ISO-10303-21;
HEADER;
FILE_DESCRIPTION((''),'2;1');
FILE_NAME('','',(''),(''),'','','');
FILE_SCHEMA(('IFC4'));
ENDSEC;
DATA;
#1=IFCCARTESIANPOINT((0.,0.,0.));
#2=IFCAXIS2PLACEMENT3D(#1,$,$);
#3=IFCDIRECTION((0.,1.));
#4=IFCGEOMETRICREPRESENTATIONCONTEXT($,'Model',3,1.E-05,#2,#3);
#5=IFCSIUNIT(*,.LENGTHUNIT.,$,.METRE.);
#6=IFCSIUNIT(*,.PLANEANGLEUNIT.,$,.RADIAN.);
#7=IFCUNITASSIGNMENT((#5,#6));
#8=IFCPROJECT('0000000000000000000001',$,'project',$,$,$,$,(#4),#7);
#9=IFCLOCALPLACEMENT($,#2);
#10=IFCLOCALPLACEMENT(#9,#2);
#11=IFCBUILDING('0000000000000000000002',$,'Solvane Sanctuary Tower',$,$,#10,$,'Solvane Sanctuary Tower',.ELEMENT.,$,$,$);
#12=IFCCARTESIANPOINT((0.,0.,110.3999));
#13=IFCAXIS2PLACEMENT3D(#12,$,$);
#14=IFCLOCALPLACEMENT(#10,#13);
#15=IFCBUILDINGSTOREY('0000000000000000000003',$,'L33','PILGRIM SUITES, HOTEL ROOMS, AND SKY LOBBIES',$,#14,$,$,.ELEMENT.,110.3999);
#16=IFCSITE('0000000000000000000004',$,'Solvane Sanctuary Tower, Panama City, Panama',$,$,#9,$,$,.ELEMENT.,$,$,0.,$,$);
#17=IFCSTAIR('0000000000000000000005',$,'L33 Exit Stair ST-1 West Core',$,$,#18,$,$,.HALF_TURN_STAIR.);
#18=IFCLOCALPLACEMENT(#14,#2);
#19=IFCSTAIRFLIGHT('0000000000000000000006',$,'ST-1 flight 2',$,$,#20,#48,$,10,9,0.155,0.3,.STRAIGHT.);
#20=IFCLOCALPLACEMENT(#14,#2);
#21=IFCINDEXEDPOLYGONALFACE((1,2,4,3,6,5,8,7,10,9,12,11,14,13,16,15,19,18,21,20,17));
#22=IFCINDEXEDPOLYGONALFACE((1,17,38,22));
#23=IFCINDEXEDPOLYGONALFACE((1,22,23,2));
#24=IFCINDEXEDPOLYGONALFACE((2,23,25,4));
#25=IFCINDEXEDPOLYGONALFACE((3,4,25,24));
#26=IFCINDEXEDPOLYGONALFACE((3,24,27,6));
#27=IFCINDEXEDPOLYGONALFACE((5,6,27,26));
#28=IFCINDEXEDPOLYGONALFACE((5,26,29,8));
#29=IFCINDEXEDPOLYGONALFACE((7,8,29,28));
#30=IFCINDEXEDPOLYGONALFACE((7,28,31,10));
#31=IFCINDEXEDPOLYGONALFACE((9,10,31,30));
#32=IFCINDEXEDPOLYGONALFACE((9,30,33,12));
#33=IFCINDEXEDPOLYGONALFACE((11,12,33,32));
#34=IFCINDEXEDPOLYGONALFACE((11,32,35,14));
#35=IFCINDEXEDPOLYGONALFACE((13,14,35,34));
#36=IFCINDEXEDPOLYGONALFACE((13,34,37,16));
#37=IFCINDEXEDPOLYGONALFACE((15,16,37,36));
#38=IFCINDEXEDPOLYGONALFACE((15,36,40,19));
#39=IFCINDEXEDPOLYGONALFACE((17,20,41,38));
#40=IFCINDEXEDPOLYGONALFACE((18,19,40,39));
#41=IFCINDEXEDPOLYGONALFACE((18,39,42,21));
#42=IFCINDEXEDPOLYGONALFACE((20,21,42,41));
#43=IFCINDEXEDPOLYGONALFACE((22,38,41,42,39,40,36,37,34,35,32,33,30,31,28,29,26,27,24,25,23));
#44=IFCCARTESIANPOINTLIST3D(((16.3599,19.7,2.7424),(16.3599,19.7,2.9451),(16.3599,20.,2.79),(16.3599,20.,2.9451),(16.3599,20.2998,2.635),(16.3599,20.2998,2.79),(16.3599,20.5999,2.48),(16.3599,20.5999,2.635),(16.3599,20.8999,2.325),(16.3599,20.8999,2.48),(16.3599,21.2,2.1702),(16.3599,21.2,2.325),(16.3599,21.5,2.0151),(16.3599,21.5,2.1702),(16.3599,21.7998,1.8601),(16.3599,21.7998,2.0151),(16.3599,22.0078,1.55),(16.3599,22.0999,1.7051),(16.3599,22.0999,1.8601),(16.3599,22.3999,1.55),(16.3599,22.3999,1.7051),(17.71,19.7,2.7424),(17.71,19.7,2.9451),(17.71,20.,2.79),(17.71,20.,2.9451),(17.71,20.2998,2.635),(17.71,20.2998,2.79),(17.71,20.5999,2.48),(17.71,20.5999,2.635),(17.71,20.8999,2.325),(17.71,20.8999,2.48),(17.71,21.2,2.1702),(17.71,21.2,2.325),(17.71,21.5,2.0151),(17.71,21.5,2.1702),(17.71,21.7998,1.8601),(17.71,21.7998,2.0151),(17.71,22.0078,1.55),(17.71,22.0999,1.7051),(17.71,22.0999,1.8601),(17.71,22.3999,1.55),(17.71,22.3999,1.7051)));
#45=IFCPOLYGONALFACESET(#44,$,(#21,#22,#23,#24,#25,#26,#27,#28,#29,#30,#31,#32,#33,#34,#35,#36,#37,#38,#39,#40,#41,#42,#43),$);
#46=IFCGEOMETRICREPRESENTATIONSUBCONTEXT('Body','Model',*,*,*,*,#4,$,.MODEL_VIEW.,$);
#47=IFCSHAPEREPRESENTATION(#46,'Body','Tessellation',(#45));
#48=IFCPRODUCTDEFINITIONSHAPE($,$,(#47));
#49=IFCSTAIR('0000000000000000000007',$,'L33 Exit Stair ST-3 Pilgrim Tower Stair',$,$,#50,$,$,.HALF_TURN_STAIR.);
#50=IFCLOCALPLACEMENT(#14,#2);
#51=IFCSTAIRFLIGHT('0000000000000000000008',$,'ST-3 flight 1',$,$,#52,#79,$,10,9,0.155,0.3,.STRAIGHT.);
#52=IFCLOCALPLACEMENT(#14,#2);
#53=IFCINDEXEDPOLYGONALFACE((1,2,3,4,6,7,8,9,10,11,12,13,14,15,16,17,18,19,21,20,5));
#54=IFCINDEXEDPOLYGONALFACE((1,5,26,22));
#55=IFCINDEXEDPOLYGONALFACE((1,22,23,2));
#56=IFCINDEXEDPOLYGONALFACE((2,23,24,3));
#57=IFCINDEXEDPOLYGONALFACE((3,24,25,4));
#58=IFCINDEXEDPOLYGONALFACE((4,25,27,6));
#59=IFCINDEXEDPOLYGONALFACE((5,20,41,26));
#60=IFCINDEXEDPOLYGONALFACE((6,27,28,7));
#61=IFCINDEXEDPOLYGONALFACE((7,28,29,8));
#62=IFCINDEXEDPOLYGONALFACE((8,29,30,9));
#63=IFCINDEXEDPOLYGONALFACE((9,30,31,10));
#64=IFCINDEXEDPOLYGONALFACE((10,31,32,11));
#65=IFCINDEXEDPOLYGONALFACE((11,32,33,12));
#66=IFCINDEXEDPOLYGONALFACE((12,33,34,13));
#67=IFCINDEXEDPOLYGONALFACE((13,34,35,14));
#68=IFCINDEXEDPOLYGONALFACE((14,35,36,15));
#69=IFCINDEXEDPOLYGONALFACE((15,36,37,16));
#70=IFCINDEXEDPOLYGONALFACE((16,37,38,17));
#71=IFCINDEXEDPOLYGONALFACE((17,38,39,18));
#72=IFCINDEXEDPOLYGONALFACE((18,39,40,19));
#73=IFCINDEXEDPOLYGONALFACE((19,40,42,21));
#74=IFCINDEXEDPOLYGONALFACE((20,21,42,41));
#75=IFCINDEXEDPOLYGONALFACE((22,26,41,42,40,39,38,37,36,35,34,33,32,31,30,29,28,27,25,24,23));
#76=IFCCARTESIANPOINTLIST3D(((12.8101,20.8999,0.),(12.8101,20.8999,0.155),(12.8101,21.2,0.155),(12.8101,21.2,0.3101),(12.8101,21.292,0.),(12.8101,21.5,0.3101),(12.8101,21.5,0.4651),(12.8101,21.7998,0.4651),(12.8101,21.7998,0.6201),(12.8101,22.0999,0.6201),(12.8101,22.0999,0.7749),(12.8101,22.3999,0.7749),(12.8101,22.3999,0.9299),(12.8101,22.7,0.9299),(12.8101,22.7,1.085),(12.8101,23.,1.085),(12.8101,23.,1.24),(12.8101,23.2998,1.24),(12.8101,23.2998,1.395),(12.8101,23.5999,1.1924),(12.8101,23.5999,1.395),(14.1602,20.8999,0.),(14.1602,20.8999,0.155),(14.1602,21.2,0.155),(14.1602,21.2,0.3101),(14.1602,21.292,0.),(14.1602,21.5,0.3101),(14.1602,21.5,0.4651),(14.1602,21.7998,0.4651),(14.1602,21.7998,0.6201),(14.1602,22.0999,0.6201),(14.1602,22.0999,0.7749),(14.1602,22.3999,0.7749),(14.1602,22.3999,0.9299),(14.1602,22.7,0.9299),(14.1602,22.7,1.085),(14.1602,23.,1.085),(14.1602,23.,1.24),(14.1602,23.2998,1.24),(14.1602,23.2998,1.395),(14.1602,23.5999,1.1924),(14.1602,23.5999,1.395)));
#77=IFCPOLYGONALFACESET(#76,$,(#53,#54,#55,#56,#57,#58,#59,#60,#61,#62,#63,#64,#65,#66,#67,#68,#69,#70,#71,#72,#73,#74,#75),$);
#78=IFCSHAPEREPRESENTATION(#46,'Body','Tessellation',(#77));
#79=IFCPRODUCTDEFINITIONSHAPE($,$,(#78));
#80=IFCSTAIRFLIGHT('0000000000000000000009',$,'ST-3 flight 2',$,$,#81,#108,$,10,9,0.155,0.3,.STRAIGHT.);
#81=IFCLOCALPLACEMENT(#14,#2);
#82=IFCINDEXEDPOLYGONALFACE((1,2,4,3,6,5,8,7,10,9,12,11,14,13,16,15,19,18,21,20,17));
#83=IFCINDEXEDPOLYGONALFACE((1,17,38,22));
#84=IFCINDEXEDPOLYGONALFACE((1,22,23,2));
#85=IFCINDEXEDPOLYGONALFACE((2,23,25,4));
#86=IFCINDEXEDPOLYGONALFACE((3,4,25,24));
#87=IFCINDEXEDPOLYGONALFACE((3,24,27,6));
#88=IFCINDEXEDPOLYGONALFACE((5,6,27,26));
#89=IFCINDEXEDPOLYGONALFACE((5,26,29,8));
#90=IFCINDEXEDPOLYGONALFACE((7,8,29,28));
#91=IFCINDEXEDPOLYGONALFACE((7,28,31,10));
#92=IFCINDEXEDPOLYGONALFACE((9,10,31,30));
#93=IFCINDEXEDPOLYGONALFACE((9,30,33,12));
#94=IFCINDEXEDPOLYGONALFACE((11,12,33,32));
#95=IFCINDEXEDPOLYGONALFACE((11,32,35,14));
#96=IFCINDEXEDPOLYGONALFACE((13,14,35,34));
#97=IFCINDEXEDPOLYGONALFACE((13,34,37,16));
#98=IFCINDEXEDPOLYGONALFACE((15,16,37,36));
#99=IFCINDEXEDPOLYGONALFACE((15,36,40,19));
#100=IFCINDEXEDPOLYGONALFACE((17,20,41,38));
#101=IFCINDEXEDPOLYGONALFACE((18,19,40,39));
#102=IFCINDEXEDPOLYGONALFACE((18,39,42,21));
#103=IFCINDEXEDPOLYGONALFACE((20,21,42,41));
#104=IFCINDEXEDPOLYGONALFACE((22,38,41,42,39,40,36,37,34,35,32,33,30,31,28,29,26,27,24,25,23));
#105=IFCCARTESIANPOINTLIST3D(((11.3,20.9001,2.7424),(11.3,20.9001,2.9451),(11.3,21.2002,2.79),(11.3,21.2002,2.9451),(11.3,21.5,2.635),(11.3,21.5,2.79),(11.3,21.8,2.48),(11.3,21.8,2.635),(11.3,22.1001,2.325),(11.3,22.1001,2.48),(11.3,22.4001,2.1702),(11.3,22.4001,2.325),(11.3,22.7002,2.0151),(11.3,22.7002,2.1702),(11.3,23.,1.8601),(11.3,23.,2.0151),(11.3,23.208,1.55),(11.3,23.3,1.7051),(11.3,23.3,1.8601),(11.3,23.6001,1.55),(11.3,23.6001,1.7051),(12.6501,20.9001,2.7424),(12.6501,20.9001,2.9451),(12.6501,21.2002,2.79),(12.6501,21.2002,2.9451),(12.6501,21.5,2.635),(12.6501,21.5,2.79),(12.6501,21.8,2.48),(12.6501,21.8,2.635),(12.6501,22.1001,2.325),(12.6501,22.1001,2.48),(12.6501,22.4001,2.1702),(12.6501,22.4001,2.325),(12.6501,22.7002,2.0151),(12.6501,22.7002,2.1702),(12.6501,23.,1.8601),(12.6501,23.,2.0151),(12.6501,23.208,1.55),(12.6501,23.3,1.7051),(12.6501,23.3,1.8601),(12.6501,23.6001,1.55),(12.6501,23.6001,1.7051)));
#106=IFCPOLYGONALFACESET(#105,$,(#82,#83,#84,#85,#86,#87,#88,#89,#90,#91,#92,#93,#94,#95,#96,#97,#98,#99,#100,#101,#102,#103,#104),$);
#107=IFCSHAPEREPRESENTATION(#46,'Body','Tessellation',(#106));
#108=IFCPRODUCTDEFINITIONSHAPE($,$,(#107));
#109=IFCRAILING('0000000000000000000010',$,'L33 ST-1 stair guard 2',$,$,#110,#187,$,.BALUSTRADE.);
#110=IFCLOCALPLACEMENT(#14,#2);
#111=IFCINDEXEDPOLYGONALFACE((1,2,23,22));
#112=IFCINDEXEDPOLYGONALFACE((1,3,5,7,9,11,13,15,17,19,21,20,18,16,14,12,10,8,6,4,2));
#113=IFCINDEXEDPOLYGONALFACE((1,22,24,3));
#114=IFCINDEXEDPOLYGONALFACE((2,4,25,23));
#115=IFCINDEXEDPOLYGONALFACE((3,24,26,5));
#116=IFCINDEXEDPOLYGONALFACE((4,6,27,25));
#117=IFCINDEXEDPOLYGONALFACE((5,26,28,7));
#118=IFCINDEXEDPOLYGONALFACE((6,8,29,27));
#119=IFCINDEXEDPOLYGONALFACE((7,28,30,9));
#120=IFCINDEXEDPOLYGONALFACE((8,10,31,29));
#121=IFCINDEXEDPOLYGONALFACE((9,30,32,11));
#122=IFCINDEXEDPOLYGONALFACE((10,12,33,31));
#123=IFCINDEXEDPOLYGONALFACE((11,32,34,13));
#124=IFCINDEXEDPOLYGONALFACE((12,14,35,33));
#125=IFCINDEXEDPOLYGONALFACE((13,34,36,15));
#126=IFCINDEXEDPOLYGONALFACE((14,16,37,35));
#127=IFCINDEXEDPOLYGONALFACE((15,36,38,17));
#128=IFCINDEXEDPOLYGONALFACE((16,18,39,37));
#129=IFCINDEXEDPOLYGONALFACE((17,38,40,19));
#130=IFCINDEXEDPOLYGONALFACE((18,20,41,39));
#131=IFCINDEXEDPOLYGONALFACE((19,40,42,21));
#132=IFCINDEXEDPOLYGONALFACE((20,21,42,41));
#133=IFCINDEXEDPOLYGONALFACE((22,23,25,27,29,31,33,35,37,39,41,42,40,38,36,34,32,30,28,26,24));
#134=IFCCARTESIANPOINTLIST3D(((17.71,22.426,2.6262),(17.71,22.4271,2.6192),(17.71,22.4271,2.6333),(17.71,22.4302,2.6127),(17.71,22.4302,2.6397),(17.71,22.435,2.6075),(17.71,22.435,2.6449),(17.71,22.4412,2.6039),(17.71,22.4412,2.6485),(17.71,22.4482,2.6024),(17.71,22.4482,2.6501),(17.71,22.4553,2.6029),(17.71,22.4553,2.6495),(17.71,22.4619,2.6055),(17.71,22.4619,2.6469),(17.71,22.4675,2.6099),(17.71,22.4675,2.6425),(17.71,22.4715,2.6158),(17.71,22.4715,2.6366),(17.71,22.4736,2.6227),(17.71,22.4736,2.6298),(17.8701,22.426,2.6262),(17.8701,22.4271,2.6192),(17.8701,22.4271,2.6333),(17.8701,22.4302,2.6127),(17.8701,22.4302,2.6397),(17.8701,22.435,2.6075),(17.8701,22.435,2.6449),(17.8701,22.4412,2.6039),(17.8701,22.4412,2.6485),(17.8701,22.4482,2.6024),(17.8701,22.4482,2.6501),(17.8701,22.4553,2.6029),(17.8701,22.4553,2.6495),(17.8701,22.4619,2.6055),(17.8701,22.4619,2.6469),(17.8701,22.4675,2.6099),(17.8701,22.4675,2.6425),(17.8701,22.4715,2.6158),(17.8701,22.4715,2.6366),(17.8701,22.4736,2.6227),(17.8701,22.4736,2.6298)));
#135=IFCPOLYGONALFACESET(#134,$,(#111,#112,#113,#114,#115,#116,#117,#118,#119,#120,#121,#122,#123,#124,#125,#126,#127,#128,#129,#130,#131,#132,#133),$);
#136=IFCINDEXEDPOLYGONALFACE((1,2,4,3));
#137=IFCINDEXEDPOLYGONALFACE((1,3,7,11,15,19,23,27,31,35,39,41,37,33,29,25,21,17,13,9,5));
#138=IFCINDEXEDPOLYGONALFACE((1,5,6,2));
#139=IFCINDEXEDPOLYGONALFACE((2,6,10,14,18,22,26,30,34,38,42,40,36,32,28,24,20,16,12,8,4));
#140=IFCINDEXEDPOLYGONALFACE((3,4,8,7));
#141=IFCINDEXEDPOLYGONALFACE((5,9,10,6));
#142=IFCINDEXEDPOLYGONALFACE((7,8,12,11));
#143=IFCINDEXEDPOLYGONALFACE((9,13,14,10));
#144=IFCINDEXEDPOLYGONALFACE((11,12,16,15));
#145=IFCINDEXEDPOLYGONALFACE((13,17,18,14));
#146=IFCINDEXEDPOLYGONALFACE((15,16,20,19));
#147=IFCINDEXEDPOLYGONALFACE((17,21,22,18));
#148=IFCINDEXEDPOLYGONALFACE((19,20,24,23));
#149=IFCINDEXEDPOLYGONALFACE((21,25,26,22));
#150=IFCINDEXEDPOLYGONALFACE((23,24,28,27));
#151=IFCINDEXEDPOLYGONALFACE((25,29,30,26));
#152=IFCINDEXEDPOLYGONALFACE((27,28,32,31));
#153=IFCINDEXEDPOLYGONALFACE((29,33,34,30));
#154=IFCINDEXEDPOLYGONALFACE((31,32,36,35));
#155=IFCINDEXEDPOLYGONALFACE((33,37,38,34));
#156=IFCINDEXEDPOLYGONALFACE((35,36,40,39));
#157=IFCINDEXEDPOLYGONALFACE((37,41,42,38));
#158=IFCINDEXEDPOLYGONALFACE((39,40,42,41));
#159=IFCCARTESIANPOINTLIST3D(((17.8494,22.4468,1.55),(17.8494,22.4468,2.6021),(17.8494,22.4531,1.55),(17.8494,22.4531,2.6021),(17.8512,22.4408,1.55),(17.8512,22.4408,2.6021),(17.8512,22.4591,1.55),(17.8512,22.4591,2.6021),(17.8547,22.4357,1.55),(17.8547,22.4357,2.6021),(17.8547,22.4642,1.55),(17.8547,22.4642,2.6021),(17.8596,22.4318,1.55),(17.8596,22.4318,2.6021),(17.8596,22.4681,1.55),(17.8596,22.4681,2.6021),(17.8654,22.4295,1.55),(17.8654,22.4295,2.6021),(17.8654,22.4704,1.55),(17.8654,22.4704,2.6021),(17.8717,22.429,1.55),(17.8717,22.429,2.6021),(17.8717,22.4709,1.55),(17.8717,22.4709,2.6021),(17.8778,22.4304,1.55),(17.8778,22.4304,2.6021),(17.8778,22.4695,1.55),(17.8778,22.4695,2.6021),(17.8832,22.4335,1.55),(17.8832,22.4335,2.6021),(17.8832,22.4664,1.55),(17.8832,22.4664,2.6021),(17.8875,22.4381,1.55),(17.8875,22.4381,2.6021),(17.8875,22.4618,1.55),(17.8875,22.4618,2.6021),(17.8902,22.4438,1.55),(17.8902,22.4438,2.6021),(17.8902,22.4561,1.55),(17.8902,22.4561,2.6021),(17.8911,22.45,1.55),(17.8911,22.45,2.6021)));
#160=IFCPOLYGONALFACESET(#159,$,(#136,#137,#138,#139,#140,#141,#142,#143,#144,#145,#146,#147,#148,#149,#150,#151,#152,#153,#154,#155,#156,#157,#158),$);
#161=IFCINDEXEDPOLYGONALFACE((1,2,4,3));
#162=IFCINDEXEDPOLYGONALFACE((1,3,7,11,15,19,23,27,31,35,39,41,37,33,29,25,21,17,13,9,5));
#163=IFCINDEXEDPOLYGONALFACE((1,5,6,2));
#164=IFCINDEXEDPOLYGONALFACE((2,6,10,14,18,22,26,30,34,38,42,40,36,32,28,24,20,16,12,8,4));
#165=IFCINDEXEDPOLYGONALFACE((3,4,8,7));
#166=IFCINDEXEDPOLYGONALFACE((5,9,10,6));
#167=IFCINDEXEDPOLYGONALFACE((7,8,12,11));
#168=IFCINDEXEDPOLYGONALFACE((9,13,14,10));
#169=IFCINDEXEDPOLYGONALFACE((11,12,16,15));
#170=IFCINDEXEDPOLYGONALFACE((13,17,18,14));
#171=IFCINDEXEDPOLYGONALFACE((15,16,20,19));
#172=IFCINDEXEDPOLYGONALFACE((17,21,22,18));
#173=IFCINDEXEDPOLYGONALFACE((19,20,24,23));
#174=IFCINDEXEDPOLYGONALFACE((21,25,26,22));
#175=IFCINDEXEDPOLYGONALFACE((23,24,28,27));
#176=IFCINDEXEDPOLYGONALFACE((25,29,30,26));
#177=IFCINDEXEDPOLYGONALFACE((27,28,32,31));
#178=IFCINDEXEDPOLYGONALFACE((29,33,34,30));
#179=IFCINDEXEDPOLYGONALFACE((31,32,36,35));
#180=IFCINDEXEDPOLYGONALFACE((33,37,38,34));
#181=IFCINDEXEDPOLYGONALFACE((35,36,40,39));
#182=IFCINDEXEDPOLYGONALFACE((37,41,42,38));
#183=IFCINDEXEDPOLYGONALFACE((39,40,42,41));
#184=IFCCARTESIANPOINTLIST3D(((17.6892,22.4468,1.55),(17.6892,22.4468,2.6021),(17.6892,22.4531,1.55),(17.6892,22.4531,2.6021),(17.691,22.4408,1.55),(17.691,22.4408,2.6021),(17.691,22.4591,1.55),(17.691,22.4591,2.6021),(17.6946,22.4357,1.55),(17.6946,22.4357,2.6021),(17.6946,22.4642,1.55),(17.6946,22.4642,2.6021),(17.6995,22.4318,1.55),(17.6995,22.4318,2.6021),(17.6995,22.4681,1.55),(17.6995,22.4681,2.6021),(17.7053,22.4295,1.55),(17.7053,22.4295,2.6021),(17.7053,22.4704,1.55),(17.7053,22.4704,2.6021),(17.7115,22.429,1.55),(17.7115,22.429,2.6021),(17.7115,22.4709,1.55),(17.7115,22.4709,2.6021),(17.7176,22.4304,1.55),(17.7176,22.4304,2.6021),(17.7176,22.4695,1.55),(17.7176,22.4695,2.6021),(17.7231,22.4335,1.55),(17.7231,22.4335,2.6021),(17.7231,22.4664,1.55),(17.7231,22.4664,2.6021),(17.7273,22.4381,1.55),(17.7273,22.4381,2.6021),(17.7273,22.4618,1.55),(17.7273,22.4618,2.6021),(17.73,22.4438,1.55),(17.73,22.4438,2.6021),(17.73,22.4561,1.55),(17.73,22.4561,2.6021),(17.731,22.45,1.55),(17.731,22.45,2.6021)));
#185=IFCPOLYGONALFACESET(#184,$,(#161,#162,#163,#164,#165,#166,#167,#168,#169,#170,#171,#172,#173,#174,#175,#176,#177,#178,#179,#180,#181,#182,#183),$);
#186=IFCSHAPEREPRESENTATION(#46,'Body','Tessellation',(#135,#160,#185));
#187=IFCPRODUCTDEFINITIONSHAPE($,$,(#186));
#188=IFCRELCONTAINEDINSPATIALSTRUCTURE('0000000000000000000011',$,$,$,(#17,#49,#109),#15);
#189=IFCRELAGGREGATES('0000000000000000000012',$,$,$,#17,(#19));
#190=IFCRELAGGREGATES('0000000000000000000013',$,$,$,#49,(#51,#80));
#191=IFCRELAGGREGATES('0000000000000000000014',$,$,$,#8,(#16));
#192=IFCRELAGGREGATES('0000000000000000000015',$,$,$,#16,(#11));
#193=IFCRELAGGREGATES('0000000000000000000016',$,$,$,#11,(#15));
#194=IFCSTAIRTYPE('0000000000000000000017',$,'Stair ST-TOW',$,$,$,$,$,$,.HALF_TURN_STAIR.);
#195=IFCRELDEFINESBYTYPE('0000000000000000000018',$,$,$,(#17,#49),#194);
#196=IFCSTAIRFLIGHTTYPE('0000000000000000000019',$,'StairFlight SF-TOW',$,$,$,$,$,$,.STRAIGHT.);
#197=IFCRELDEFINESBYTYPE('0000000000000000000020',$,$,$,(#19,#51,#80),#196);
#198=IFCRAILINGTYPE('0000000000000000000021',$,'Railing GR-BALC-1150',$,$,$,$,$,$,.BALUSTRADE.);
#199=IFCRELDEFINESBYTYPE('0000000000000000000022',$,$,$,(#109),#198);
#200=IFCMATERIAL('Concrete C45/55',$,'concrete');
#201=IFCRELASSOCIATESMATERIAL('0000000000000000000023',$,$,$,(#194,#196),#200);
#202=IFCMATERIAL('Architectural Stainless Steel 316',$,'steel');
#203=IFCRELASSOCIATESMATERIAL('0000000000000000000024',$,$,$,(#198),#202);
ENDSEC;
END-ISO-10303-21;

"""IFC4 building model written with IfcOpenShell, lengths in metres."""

from ifc_helpers import new_model, si_unit, direction, frame, origin, origin_2d, place, context, subcontext, project, spatial, polyline, circle, outline, extrude, material, type_object, element, aggregate, save


model = new_model("IFC4")

# Units and contexts
model_context = context("Model", 3, precision=1e-05, world=origin(), true_north=direction((0.0, 1.0)))
body_context = subcontext(model_context, "Body", "Model", "MODEL_VIEW")
ifc_project = project(units=[si_unit("LENGTHUNIT", "METRE"), si_unit("PLANEANGLEUNIT", "RADIAN")], contexts=[model_context])

# Site, building, storey
site_placement = place(None, origin())
site = spatial("IfcSite", under=ifc_project, at=site_placement, Name="Solvane Sanctuary Tower, Panama City, Panama", CompositionType="ELEMENT", RefElevation=0.0)
building_placement = place(site_placement, origin())
building = spatial("IfcBuilding", under=site, at=building_placement, Name="Solvane Sanctuary Tower", LongName="Solvane Sanctuary Tower", CompositionType="ELEMENT")
storey_placement = place(building_placement, frame((0.0, 0.0, 110.3999)))
storey = spatial("IfcBuildingStorey", under=building, at=storey_placement, Name="L33", Description="PILGRIM SUITES, HOTEL ROOMS, AND SKY LOBBIES", CompositionType="ELEMENT", Elevation=110.3999)

# Shared definitions
ifc_material_1 = material(Name="Architectural Stainless Steel 316", Category="steel")

# Stair, stair flight
ifc_material_2 = material(Name="Concrete C45/55", Category="concrete")
stair_type = type_object("IfcStairType", Name="Stair ST-TOW", PredefinedType="HALF_TURN_STAIR", material=ifc_material_2)
stair_1_placement = place(storey_placement, origin())
stair_1 = element("IfcStair", 1, at=stair_1_placement, inside=storey, type_object=stair_type, Name="L33 Exit Stair ST-1 West Core", PredefinedType="HALF_TURN_STAIR")
stair_flight_type = type_object("IfcStairFlightType", Name="StairFlight SF-TOW", PredefinedType="STRAIGHT", material=ifc_material_2)
stair_flight_1_placement = place(storey_placement, frame((17.0349, 22.3999, 1.55), z_axis=(0.0, 0.0, 1.0), x_axis=(0.0, -1.0, 0.0)))
stair_flight_1 = element("IfcStairFlight", 2, at=stair_flight_1_placement, type_object=stair_flight_type, Name="ST-1 flight 2", NumberOfRisers=10, NumberOfTreads=9, PredefinedType="STRAIGHT", RiserHeight=0.155, TreadLength=0.3, context=body_context, shape_type="SweptSolid", body=[
    extrude(outline(polyline([(0.0, 0.0), (0.0, 0.155), (0.3, 0.155), (0.3, 0.3101), (0.6001, 0.3101), (0.6001, 0.4651), (0.8999, 0.4651), (0.8999, 0.6201), (1.2, 0.6201), (1.2, 0.7749), (1.5, 0.7749), (1.5, 0.9299), (1.8, 0.9299), (1.8, 1.085), (2.1001, 1.085), (2.1001, 1.24), (2.3999, 1.24), (2.3999, 1.395), (2.7, 1.395), (2.7, 1.55), (2.7, 1.1924), (0.3921, 0.0), (0.0, 0.0)])), frame((0.0, 0.675, 0.0), z_axis=(0.0, -1.0, 0.0), x_axis=(1.0, 0.0, 0.0)), (0.0, 0.0, 1.0), 1.3501),
])
aggregate(stair_1, [stair_flight_1])

# Stair, stair flights
stair_2_placement = place(storey_placement, origin())
stair_2 = element("IfcStair", 3, at=stair_2_placement, inside=storey, type_object=stair_type, Name="L33 Exit Stair ST-3 Pilgrim Tower Stair", PredefinedType="HALF_TURN_STAIR")
stair_flight_2_placement = place(storey_placement, frame((13.4851, 20.8999, 0.0), z_axis=(0.0, 0.0, 1.0), x_axis=(0.0, 1.0, 0.0)))
stair_flight_2 = element("IfcStairFlight", 4, at=stair_flight_2_placement, type_object=stair_flight_type, Name="ST-3 flight 1", NumberOfRisers=10, NumberOfTreads=9, PredefinedType="STRAIGHT", RiserHeight=0.155, TreadLength=0.3, context=body_context, shape_type="SweptSolid", body=[
    extrude(outline(polyline([(0.0, 0.0), (0.0, 0.155), (0.3, 0.155), (0.3, 0.3101), (0.6001, 0.3101), (0.6001, 0.4651), (0.8999, 0.4651), (0.8999, 0.6201), (1.2, 0.6201), (1.2, 0.7749), (1.5, 0.7749), (1.5, 0.9299), (1.8, 0.9299), (1.8, 1.085), (2.1001, 1.085), (2.1001, 1.24), (2.3999, 1.24), (2.3999, 1.395), (2.7, 1.395), (2.7, 1.55), (2.7, 1.1924), (0.3921, 0.0), (0.0, 0.0)])), frame((0.0, 0.675, 0.0), z_axis=(0.0, -1.0, 0.0), x_axis=(1.0, 0.0, 0.0)), (0.0, 0.0, 1.0), 1.3501),
])
stair_flight_3_placement = place(storey_placement, frame((11.9751, 23.6001, 1.55), z_axis=(0.0, 0.0, 1.0), x_axis=(0.0, -1.0, 0.0)))
stair_flight_3 = element("IfcStairFlight", 5, at=stair_flight_3_placement, type_object=stair_flight_type, Name="ST-3 flight 2", NumberOfRisers=10, NumberOfTreads=9, PredefinedType="STRAIGHT", RiserHeight=0.155, TreadLength=0.3, context=body_context, shape_type="SweptSolid", body=[
    extrude(outline(polyline([(0.0, 0.0), (0.0, 0.155), (0.3, 0.155), (0.3, 0.3101), (0.6001, 0.3101), (0.6001, 0.4651), (0.8999, 0.4651), (0.8999, 0.6201), (1.2, 0.6201), (1.2, 0.7749), (1.5, 0.7749), (1.5, 0.9299), (1.8, 0.9299), (1.8, 1.085), (2.1001, 1.085), (2.1001, 1.24), (2.3999, 1.24), (2.3999, 1.395), (2.7, 1.395), (2.7, 1.55), (2.7, 1.1924), (0.3921, 0.0), (0.0, 0.0)])), frame((0.0, 0.675, 0.0), z_axis=(0.0, -1.0, 0.0), x_axis=(1.0, 0.0, 0.0)), (0.0, 0.0, 1.0), 1.3501),
])
aggregate(stair_2, [stair_flight_2, stair_flight_3])

# Railing
railing_type_1 = type_object("IfcRailingType", Name="Railing GR-BALC-1150", PredefinedType="BALUSTRADE", material=ifc_material_1)
railing_1_placement = place(storey_placement, frame((17.8701, 22.45, 1.55)))
element("IfcRailing", 6, at=railing_1_placement, inside=storey, type_object=railing_type_1, Name="L33 ST-1 stair guard 2", PredefinedType="BALUSTRADE", context=body_context, shape_type="SweptSolid", body=[
    extrude(circle(Radius=0.0239, at=origin_2d()), frame((0.0, 0.0, 1.0762), z_axis=(-1.0, 0.0, 0.0), x_axis=(0.0, -1.0, 0.0)), (0.0, 0.0, 1.0), 0.1602),
    extrude(circle(Radius=0.021, at=origin_2d()), origin(), (0.0, 0.0, 1.0), 1.052),
    extrude(circle(Radius=0.021, at=origin_2d()), frame((-0.1602, 0.0, 0.0)), (0.0, 0.0, 1.0), 1.052),
])

save(model, "model.ifc")
